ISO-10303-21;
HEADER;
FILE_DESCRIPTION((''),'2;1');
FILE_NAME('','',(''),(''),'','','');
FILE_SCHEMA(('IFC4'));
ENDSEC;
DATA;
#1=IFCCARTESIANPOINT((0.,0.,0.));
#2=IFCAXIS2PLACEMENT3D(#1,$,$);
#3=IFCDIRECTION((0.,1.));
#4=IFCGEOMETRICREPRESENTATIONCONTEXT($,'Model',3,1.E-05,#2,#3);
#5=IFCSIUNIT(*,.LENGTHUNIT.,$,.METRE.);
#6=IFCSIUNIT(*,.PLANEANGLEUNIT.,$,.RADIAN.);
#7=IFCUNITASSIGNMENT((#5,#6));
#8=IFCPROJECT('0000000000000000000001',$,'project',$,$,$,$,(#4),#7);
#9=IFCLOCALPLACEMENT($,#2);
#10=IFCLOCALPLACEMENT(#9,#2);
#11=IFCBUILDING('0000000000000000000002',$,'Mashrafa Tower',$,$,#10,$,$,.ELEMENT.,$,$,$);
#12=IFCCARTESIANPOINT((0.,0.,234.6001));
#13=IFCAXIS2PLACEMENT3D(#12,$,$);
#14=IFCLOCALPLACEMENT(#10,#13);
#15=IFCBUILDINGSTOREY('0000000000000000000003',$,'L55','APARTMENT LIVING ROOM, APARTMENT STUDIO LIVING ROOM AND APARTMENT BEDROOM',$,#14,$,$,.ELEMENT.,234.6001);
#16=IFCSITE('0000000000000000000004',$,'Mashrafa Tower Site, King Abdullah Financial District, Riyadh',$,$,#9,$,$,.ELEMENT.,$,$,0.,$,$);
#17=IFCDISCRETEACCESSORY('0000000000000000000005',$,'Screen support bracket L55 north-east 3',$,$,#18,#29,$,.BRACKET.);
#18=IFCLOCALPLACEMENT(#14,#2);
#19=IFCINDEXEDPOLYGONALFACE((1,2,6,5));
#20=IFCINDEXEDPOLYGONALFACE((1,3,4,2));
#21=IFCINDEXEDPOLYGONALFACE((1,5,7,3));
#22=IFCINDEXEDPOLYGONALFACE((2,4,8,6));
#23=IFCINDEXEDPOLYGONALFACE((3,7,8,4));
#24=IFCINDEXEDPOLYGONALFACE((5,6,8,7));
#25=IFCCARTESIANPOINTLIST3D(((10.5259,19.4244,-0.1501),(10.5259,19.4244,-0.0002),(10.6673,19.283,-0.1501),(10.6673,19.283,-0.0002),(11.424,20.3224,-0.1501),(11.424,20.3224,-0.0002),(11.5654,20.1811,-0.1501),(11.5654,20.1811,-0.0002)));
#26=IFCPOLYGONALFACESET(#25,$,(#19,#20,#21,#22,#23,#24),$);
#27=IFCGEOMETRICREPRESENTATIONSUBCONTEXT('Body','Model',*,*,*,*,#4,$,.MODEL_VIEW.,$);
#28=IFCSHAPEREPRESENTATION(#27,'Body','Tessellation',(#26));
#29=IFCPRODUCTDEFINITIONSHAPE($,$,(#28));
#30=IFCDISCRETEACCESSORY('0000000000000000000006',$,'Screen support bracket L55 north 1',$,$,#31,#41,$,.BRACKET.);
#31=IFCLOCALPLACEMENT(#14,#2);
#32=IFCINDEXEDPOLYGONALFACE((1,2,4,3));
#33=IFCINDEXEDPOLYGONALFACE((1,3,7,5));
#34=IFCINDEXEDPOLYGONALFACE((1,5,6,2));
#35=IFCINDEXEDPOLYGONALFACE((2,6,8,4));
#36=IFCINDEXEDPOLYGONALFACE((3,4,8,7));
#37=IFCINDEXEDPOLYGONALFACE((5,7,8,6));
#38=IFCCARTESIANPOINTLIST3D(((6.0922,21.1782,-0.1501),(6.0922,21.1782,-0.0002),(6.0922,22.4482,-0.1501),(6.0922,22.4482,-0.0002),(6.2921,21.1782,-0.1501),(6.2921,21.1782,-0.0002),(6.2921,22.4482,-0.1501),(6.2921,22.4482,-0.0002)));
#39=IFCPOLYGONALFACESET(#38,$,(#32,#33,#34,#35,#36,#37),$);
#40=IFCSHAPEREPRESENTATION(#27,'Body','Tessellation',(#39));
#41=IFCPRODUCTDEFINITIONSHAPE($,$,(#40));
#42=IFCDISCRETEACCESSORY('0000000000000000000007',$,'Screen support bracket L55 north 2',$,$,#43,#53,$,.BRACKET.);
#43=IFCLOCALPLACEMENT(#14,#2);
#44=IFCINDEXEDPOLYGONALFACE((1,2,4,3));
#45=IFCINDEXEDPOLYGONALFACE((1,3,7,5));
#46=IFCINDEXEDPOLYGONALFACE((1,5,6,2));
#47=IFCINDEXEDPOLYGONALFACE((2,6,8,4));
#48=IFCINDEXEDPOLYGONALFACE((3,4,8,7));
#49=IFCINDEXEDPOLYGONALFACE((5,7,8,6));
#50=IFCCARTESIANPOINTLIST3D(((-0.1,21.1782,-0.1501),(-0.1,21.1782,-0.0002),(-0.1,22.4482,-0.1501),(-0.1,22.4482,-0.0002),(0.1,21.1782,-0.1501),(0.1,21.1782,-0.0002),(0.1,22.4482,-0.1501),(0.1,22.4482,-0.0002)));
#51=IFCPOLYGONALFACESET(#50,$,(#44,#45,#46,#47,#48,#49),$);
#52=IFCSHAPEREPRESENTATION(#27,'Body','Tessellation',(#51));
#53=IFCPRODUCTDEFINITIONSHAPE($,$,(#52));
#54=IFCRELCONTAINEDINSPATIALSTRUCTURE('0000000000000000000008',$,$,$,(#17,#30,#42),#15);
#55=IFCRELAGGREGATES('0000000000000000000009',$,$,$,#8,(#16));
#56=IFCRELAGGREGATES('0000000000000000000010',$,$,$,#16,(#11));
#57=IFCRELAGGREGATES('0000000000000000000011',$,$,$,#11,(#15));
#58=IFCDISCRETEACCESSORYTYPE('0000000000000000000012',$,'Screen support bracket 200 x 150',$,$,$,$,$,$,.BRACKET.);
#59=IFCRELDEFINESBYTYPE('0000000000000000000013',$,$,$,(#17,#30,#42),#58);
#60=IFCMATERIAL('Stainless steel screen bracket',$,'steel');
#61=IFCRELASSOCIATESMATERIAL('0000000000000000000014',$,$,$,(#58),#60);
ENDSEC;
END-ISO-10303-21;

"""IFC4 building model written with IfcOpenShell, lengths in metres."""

from ifc_helpers import new_model, si_unit, direction, frame, origin, origin_2d, place, context, subcontext, project, spatial, rectangle, extrude, source, transform, mapped, material, type_object, type_shapes, element, save


model = new_model("IFC4")

# Units and contexts
model_context = context("Model", 3, precision=1e-05, world=origin(), true_north=direction((0.0, 1.0)))
body_context = subcontext(model_context, "Body", "Model", "MODEL_VIEW")
ifc_project = project(units=[si_unit("LENGTHUNIT", "METRE"), si_unit("PLANEANGLEUNIT", "RADIAN")], contexts=[model_context])

# Site, building, storey
site_placement = place(None, origin())
site = spatial("IfcSite", under=ifc_project, at=site_placement, Name="Mashrafa Tower Site, King Abdullah Financial District, Riyadh", CompositionType="ELEMENT", RefElevation=0.0)
building_placement = place(site_placement, origin())
building = spatial("IfcBuilding", under=site, at=building_placement, Name="Mashrafa Tower", CompositionType="ELEMENT")
storey_placement = place(building_placement, frame((0.0, 0.0, 234.6001)))
storey = spatial("IfcBuildingStorey", under=building, at=storey_placement, Name="L55", Description="APARTMENT LIVING ROOM, APARTMENT STUDIO LIVING ROOM AND APARTMENT BEDROOM", CompositionType="ELEMENT", Elevation=234.6001)

# Discrete accessories
ifc_material_1 = material(Name="Stainless steel screen bracket", Category="steel")
discrete_accessory_type = type_object("IfcDiscreteAccessoryType", Name="Screen support bracket 200 x 150", PredefinedType="BRACKET", material=ifc_material_1)
shared_shape_1 = source(origin(), body_context, "Body", "SweptSolid", [
    extrude(rectangle(XDim=0.2, YDim=1.27, at=origin_2d()), origin(), (0.0, 0.0, 1.0), 0.1499),
])
type_shapes(discrete_accessory_type, [shared_shape_1])
for number, where, z_axis, x_axis, name in (
    (1, (11.0457, 19.8027, -0.1501), (0.0, 0.0, 1.0), (-0.707107, 0.707107, 0.0), "Screen support bracket L55 north-east 3"),
    (2, (6.1921, 21.8132, -0.1501), (0.0, 0.0, 1.0), (-1.0, 0.0, 0.0), "Screen support bracket L55 north 1"),
    (3, (0.0, 21.8132, -0.1501), (0.0, 0.0, 1.0), (-1.0, 0.0, 0.0), "Screen support bracket L55 north 2"),
):
    element("IfcDiscreteAccessory", number, at=place(storey_placement, frame(where, z_axis=z_axis, x_axis=x_axis)), inside=storey, type_object=discrete_accessory_type, Name=name, PredefinedType="BRACKET", context=body_context, shape_type="MappedRepresentation", body=[
        mapped(shared_shape_1, transform((0.0, 0.0, 0.0))),
    ])

save(model, "model.ifc")
